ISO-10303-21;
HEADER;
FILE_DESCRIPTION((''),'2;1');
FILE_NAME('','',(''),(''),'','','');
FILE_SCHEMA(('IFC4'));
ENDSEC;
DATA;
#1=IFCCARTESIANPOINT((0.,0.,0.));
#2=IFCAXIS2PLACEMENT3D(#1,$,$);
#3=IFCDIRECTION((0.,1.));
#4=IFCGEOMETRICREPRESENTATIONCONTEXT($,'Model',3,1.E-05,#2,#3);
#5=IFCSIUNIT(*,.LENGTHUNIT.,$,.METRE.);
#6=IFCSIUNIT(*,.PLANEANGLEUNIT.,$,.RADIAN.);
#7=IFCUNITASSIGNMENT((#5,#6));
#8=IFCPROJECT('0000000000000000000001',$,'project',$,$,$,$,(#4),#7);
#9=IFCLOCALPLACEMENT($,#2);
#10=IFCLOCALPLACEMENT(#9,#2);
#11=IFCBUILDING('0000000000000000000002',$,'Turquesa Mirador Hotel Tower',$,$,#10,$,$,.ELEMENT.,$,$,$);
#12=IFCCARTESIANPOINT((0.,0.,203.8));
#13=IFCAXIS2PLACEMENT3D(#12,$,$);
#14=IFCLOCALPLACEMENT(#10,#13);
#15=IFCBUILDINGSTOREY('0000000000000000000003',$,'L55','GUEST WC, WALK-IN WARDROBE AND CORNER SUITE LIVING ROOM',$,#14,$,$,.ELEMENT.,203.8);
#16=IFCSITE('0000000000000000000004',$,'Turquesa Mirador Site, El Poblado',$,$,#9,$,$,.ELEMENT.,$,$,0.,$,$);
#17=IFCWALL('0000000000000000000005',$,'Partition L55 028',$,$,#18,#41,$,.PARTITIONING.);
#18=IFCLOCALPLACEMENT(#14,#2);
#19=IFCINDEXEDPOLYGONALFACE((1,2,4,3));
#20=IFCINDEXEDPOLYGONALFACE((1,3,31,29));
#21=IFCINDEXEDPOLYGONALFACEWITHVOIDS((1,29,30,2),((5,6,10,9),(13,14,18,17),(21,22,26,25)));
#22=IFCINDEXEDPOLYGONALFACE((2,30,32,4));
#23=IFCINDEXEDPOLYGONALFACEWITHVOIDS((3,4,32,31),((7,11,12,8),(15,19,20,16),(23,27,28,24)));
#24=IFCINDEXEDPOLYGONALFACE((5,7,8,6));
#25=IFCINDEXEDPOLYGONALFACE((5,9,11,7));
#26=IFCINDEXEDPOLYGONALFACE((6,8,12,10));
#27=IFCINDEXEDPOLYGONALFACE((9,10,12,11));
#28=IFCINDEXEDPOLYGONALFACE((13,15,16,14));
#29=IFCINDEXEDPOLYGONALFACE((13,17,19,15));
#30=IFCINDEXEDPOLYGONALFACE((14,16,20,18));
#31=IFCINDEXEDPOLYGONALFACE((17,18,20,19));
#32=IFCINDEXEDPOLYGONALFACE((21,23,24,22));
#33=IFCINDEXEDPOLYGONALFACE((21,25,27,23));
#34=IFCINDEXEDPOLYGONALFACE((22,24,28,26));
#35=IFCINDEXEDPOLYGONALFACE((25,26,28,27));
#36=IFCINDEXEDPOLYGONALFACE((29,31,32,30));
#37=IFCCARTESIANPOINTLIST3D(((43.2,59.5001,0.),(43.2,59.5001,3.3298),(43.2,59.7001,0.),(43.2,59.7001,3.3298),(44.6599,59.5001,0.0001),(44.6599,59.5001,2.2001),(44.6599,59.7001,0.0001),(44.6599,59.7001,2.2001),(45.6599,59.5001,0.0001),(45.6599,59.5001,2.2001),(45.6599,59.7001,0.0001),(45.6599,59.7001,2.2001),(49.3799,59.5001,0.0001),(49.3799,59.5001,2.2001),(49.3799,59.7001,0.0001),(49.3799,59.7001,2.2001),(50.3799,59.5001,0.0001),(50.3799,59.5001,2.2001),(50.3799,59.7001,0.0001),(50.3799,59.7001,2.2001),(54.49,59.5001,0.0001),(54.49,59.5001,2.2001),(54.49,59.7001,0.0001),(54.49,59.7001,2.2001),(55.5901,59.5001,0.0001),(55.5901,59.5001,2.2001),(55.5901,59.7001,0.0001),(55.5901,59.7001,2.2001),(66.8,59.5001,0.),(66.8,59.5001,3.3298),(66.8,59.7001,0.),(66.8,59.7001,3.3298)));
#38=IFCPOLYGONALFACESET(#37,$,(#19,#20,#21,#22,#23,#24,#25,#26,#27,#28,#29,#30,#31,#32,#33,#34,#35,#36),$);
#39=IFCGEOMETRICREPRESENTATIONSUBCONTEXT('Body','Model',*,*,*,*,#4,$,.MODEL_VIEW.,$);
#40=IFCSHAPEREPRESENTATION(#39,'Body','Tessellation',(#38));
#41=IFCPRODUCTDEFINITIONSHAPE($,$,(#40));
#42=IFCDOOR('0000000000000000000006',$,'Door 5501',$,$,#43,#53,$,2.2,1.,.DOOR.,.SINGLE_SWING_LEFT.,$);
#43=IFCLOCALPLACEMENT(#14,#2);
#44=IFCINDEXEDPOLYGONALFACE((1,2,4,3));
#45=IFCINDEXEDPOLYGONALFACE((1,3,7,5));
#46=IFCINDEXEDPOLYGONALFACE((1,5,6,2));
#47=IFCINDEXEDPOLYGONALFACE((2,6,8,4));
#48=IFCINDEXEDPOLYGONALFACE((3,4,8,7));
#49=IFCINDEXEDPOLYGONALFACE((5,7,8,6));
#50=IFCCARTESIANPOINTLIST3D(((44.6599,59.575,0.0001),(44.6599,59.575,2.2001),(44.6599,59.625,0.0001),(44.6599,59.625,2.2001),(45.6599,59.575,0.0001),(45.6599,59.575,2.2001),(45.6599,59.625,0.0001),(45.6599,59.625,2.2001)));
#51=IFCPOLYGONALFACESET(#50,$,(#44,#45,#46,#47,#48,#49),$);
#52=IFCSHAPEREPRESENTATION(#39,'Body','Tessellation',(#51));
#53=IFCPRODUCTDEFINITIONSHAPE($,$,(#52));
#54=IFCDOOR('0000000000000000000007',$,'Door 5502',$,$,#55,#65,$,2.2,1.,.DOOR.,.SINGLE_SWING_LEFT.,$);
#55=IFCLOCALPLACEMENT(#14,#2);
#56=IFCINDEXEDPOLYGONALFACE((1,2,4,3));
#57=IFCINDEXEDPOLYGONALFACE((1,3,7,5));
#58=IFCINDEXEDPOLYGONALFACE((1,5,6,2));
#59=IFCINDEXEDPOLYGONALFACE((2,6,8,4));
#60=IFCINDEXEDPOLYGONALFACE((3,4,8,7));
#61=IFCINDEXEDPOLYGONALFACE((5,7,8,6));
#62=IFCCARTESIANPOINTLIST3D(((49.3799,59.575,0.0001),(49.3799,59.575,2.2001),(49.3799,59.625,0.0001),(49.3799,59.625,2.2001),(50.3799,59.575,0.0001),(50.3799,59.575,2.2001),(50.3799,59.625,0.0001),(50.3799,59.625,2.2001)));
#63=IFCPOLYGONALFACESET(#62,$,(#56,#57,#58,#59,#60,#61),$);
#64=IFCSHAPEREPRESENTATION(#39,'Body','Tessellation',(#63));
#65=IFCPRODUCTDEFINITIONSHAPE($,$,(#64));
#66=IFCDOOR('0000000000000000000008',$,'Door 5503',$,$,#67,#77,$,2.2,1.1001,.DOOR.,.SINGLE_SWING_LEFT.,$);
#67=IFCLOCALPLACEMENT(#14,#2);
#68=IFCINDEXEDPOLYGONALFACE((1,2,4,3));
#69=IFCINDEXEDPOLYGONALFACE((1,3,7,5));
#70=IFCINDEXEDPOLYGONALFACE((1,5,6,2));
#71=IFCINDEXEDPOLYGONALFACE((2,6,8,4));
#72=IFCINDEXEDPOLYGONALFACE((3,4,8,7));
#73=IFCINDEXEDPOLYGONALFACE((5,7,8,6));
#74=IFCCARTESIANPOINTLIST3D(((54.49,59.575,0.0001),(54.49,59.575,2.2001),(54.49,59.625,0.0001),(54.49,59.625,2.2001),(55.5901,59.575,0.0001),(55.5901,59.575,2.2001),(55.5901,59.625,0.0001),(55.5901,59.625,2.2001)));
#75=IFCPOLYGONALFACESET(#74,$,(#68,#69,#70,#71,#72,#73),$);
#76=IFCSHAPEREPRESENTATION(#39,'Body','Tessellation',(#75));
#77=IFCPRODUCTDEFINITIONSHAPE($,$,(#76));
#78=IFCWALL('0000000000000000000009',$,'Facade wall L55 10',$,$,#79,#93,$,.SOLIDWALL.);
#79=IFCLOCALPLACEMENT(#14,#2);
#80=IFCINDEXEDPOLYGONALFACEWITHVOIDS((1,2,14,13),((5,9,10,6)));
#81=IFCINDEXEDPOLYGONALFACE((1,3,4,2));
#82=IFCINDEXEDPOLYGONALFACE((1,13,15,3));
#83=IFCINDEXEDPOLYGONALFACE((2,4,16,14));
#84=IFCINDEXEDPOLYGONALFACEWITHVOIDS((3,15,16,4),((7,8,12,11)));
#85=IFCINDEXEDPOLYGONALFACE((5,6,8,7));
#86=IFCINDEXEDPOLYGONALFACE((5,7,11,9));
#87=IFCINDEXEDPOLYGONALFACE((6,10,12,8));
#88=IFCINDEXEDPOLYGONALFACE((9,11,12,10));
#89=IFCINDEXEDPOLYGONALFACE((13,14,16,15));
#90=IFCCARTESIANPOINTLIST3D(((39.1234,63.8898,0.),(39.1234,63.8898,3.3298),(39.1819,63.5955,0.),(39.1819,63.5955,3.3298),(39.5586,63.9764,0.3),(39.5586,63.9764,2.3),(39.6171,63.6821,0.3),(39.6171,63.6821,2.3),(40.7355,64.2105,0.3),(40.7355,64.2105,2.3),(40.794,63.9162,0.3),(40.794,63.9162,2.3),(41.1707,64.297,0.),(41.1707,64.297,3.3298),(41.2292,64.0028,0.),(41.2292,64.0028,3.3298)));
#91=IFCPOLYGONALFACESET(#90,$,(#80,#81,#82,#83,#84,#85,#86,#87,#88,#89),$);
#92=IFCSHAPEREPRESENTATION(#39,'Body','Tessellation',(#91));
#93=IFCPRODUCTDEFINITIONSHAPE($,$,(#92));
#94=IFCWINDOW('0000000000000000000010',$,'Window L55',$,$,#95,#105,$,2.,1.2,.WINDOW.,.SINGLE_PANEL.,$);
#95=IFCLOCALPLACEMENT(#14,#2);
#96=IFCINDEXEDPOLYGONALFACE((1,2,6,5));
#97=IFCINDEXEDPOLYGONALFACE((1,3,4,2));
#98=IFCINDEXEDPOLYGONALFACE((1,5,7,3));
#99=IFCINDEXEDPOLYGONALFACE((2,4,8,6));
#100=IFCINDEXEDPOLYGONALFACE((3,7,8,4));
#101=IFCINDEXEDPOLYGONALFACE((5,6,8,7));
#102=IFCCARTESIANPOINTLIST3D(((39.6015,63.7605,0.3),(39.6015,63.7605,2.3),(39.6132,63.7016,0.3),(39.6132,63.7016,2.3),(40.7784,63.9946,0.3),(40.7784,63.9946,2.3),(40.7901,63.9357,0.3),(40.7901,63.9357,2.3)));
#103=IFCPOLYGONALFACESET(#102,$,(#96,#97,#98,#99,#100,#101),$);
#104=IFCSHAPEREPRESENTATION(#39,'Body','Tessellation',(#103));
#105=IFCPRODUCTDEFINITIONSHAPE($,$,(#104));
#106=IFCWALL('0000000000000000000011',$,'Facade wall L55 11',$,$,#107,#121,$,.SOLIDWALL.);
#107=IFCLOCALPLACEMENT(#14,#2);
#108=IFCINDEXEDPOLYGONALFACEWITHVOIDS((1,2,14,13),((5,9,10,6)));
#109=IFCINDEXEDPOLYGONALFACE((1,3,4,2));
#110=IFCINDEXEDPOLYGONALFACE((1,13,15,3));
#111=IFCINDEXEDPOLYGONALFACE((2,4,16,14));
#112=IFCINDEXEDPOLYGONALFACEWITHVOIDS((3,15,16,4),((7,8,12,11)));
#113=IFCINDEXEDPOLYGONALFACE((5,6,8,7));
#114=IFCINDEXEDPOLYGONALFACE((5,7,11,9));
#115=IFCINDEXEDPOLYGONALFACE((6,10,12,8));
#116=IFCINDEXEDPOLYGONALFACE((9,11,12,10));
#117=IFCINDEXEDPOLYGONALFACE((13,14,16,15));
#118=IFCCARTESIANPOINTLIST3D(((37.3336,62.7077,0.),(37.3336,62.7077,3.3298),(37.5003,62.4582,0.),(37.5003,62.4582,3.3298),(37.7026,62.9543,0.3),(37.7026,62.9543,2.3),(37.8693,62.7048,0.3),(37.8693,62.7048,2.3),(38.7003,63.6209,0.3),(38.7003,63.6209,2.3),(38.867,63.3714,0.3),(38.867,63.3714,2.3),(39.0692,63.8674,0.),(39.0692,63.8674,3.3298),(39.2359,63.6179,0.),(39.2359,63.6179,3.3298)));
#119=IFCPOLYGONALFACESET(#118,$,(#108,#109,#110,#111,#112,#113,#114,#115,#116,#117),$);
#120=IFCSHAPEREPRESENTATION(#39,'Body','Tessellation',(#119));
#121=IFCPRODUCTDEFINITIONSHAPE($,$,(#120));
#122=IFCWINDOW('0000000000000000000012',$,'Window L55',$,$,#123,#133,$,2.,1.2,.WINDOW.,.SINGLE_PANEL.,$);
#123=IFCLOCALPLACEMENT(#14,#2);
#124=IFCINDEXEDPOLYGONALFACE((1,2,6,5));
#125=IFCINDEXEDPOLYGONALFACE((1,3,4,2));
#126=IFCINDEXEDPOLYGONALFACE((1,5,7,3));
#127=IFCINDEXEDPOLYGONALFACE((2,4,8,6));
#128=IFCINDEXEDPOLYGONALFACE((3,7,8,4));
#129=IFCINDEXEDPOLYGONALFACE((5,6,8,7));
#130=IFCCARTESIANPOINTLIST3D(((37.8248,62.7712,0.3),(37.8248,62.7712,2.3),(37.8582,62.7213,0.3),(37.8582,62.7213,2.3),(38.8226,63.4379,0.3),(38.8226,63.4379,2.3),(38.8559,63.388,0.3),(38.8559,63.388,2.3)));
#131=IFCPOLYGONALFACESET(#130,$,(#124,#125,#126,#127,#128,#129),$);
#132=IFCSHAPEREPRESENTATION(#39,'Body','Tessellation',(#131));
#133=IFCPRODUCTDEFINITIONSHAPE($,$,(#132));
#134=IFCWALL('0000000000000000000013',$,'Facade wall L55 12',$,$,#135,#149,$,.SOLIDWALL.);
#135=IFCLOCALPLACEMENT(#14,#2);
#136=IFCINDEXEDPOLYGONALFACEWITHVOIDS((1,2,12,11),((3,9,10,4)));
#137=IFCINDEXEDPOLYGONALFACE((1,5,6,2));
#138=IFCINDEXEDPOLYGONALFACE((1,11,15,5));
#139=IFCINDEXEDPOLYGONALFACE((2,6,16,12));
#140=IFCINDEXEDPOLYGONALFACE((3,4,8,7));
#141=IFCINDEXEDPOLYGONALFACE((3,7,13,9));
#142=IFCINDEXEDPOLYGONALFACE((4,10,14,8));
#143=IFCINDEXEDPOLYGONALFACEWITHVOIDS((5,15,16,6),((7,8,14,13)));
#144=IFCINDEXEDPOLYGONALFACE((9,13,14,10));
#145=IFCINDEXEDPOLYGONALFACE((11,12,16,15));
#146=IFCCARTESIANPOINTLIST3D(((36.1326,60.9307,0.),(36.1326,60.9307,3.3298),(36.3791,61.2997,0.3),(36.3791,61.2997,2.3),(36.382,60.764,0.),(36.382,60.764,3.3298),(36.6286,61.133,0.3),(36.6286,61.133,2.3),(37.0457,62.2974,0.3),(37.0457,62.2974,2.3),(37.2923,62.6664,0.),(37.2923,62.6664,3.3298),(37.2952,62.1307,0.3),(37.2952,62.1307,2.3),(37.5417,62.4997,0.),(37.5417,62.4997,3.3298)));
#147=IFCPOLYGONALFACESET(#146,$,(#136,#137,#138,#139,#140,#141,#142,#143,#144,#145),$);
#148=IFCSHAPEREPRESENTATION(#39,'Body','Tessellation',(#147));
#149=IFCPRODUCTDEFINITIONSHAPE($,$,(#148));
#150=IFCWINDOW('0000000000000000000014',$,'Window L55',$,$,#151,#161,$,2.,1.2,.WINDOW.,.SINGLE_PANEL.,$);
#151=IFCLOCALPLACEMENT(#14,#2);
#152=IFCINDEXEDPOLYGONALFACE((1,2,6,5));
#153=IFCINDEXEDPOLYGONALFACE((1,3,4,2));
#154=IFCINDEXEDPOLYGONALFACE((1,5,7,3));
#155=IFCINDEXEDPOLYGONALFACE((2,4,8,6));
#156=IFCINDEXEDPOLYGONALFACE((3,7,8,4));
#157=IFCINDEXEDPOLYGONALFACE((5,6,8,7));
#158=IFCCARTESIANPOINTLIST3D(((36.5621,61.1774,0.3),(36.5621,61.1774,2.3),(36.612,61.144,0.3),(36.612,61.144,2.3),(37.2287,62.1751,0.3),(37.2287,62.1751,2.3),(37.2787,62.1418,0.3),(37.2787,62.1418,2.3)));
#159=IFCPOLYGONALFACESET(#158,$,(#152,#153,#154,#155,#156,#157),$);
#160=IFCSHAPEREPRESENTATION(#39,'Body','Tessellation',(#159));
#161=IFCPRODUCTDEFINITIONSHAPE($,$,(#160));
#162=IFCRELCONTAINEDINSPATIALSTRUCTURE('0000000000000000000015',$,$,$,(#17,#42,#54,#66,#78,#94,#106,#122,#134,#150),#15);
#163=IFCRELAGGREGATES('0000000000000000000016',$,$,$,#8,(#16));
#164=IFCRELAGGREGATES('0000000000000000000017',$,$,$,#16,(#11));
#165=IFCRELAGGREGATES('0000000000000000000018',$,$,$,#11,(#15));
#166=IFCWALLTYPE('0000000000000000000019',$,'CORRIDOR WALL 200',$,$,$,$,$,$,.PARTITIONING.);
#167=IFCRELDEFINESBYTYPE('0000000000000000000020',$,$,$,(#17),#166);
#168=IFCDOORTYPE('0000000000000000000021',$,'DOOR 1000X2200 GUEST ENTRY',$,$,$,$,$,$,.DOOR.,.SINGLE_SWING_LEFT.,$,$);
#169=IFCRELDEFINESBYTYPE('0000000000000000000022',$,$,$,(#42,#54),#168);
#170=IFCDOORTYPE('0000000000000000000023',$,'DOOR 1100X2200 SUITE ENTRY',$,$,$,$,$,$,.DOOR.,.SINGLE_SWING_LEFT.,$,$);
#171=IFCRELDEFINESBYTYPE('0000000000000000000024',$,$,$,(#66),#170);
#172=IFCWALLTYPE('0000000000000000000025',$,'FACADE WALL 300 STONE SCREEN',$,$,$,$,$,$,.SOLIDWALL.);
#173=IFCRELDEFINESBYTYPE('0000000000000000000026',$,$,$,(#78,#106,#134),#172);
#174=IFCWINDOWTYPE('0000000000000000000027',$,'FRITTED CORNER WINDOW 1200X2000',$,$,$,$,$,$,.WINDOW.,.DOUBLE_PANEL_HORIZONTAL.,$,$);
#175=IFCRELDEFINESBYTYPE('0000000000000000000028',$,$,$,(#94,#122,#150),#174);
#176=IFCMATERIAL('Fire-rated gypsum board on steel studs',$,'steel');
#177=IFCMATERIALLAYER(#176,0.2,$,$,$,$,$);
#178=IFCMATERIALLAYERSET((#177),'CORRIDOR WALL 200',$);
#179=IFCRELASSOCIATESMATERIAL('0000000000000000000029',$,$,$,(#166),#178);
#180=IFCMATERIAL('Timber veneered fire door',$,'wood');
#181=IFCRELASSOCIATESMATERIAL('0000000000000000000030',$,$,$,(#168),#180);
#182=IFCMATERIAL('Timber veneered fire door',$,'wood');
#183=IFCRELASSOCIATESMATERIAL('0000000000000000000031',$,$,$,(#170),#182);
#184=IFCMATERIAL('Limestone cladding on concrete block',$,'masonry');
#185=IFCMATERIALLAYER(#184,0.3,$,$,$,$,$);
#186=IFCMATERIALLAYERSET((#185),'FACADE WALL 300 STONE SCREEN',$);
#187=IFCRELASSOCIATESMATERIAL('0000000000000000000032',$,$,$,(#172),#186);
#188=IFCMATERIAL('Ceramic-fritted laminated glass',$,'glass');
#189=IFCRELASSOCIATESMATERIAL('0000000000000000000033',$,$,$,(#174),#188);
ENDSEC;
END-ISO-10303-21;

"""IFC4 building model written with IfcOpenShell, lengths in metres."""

from ifc_helpers import new_model, si_unit, direction, frame, frame_2d, origin, place, context, subcontext, project, spatial, rectangle, extrude, material, layer, layer_set, type_object, element, fill, save


model = new_model("IFC4")

# Units and contexts
model_context = context("Model", 3, precision=1e-05, world=origin(), true_north=direction((0.0, 1.0)))
body_context = subcontext(model_context, "Body", "Model", "MODEL_VIEW")
ifc_project = project(units=[si_unit("LENGTHUNIT", "METRE"), si_unit("PLANEANGLEUNIT", "RADIAN")], contexts=[model_context])

# Site, building, storey
site_placement = place(None, origin())
site = spatial("IfcSite", under=ifc_project, at=site_placement, Name="Turquesa Mirador Site, El Poblado", CompositionType="ELEMENT", RefElevation=0.0)
building_placement = place(site_placement, origin())
building = spatial("IfcBuilding", under=site, at=building_placement, Name="Turquesa Mirador Hotel Tower", CompositionType="ELEMENT")
storey_placement = place(building_placement, frame((0.0, 0.0, 203.8)))
storey = spatial("IfcBuildingStorey", under=building, at=storey_placement, Name="L55", Description="GUEST WC, WALK-IN WARDROBE AND CORNER SUITE LIVING ROOM", CompositionType="ELEMENT", Elevation=203.8)

# Wall, openings, doors
ifc_material_1 = material(Name="Fire-rated gypsum board on steel studs", Category="steel")
ifc_layer_1 = layer(ifc_material_1, 0.2)
ifc_layer_set_1 = layer_set([ifc_layer_1], Name="CORRIDOR WALL 200")
wall_type_1 = type_object("IfcWallType", Name="CORRIDOR WALL 200", PredefinedType="PARTITIONING", material=ifc_layer_set_1)
wall_1_placement = place(storey_placement, frame((43.2, 59.6001, 0.0), z_axis=(0.0, 0.0, 1.0), x_axis=(1.0, 0.0, 0.0)))
wall_1 = element("IfcWall", 1, at=wall_1_placement, inside=storey, type_object=wall_type_1, Name="Partition L55 028", PredefinedType="PARTITIONING", context=body_context, shape_type="SweptSolid", body=[
    extrude(rectangle(XDim=23.6001, YDim=0.2, at=frame_2d((11.8, 0.0))), origin(), (0.0, 0.0, 1.0), 3.3298),
])
opening_1_placement = place(wall_1_placement, frame((1.46, 0.0, 0.0)))
opening_1 = element("IfcOpeningElement", 2, at=opening_1_placement, cuts=wall_1, PredefinedType="OPENING", context=body_context, shape_type="SweptSolid", body=[
    extrude(rectangle(XDim=1.0, YDim=2.2, at=frame_2d((0.5, 1.1001))), frame((0.0, 0.1099, 0.0), z_axis=(0.0, -1.0, 0.0), x_axis=(1.0, 0.0, 0.0)), (0.0, 0.0, 1.0), 0.22),
])
opening_2_placement = place(wall_1_placement, frame((6.1799, 0.0, 0.0)))
opening_2 = element("IfcOpeningElement", 3, at=opening_2_placement, cuts=wall_1, PredefinedType="OPENING", context=body_context, shape_type="SweptSolid", body=[
    extrude(rectangle(XDim=1.0, YDim=2.2, at=frame_2d((0.5, 1.1001))), frame((0.0, 0.1099, 0.0), z_axis=(0.0, -1.0, 0.0), x_axis=(1.0, 0.0, 0.0)), (0.0, 0.0, 1.0), 0.22),
])
opening_3_placement = place(wall_1_placement, frame((11.29, 0.0, 0.0)))
opening_3 = element("IfcOpeningElement", 4, at=opening_3_placement, cuts=wall_1, PredefinedType="OPENING", context=body_context, shape_type="SweptSolid", body=[
    extrude(rectangle(XDim=1.1001, YDim=2.2, at=frame_2d((0.55, 1.1001))), frame((0.0, 0.1099, 0.0), z_axis=(0.0, -1.0, 0.0), x_axis=(1.0, 0.0, 0.0)), (0.0, 0.0, 1.0), 0.22),
])
ifc_material_2 = material(Name="Timber veneered fire door", Category="wood")
door_type_1 = type_object("IfcDoorType", Name="DOOR 1000X2200 GUEST ENTRY", OperationType="SINGLE_SWING_LEFT", PredefinedType="DOOR", material=ifc_material_2)
door_1_placement = place(opening_1_placement, origin())
door_1 = element("IfcDoor", 5, at=door_1_placement, inside=storey, type_object=door_type_1, Name="Door 5501", OperationType="SINGLE_SWING_LEFT", OverallHeight=2.2, OverallWidth=1.0, PredefinedType="DOOR", context=body_context, shape_type="SweptSolid", body=[
    extrude(rectangle(XDim=1.0, YDim=2.2, at=frame_2d((0.5, 1.1001))), frame((0.0, 0.0249, 0.0), z_axis=(0.0, -1.0, 0.0), x_axis=(1.0, 0.0, 0.0)), (0.0, 0.0, 1.0), 0.05),
])
fill(opening_1, door_1)
door_2_placement = place(opening_2_placement, origin())
door_2 = element("IfcDoor", 6, at=door_2_placement, inside=storey, type_object=door_type_1, Name="Door 5502", OperationType="SINGLE_SWING_LEFT", OverallHeight=2.2, OverallWidth=1.0, PredefinedType="DOOR", context=body_context, shape_type="SweptSolid", body=[
    extrude(rectangle(XDim=1.0, YDim=2.2, at=frame_2d((0.5, 1.1001))), frame((0.0, 0.0249, 0.0), z_axis=(0.0, -1.0, 0.0), x_axis=(1.0, 0.0, 0.0)), (0.0, 0.0, 1.0), 0.05),
])
fill(opening_2, door_2)
ifc_material_3 = material(Name="Timber veneered fire door", Category="wood")
door_type_2 = type_object("IfcDoorType", Name="DOOR 1100X2200 SUITE ENTRY", OperationType="SINGLE_SWING_LEFT", PredefinedType="DOOR", material=ifc_material_3)
door_3_placement = place(opening_3_placement, origin())
door_3 = element("IfcDoor", 7, at=door_3_placement, inside=storey, type_object=door_type_2, Name="Door 5503", OperationType="SINGLE_SWING_LEFT", OverallHeight=2.2, OverallWidth=1.1001, PredefinedType="DOOR", context=body_context, shape_type="SweptSolid", body=[
    extrude(rectangle(XDim=1.1001, YDim=2.2, at=frame_2d((0.55, 1.1001))), frame((0.0, 0.0249, 0.0), z_axis=(0.0, -1.0, 0.0), x_axis=(1.0, 0.0, 0.0)), (0.0, 0.0, 1.0), 0.05),
])
fill(opening_3, door_3)

# Walls, openings, windows
ifc_material_4 = material(Name="Limestone cladding on concrete block", Category="masonry")
ifc_layer_2 = layer(ifc_material_4, 0.3)
ifc_layer_set_2 = layer_set([ifc_layer_2], Name="FACADE WALL 300 STONE SCREEN")
wall_type_2 = type_object("IfcWallType", Name="FACADE WALL 300 STONE SCREEN", PredefinedType="SOLIDWALL", material=ifc_layer_set_2)
wall_2_placement = place(storey_placement, frame((41.2, 64.1499, 0.0), z_axis=(0.0, 0.0, 1.0), x_axis=(-0.980787, -0.195081, 0.0)))
wall_2 = element("IfcWall", 8, at=wall_2_placement, inside=storey, type_object=wall_type_2, Name="Facade wall L55 10", PredefinedType="SOLIDWALL", context=body_context, shape_type="SweptSolid", body=[
    extrude(rectangle(XDim=2.0874, YDim=0.3, at=frame_2d((1.0437, 0.0))), origin(), (0.0, 0.0, 1.0), 3.3298),
])
opening_4_placement = place(wall_2_placement, frame((0.4436, 0.0, 0.3)))
opening_4 = element("IfcOpeningElement", 9, at=opening_4_placement, cuts=wall_2, PredefinedType="OPENING", context=body_context, shape_type="SweptSolid", body=[
    extrude(rectangle(XDim=1.2, YDim=2.0, at=frame_2d((0.6001, 1.0))), frame((0.0, 0.1599, 0.0), z_axis=(0.0, -1.0, 0.0), x_axis=(1.0, 0.0, 0.0)), (0.0, 0.0, 1.0), 0.3201),
])
ifc_material_5 = material(Name="Ceramic-fritted laminated glass", Category="glass")
window_type_1 = type_object("IfcWindowType", Name="FRITTED CORNER WINDOW 1200X2000", PartitioningType="DOUBLE_PANEL_HORIZONTAL", PredefinedType="WINDOW", material=ifc_material_5)
window_1_placement = place(opening_4_placement, origin())
window_1 = element("IfcWindow", 10, at=window_1_placement, inside=storey, type_object=window_type_1, Name="Window L55", OverallHeight=2.0, OverallWidth=1.2, PartitioningType="SINGLE_PANEL", PredefinedType="WINDOW", context=body_context, shape_type="SweptSolid", body=[
    extrude(rectangle(XDim=1.2, YDim=2.0, at=frame_2d((0.6001, 1.0))), frame((0.0, 0.1301, 0.0), z_axis=(0.0, -1.0, 0.0), x_axis=(1.0, 0.0, 0.0)), (0.0, 0.0, 1.0), 0.0601),
])
fill(opening_4, window_1)
wall_3_placement = place(storey_placement, frame((39.1526, 63.7427, 0.0), z_axis=(0.0, 0.0, 1.0), x_axis=(-0.831474, -0.555564, 0.0)))
wall_3 = element("IfcWall", 11, at=wall_3_placement, inside=storey, type_object=wall_type_2, Name="Facade wall L55 11", PredefinedType="SOLIDWALL", context=body_context, shape_type="SweptSolid", body=[
    extrude(rectangle(XDim=2.0874, YDim=0.3, at=frame_2d((1.0437, 0.0))), origin(), (0.0, 0.0, 1.0), 3.3298),
])
opening_5_placement = place(wall_3_placement, frame((0.4436, 0.0, 0.3)))
opening_5 = element("IfcOpeningElement", 12, at=opening_5_placement, cuts=wall_3, PredefinedType="OPENING", context=body_context, shape_type="SweptSolid", body=[
    extrude(rectangle(XDim=1.2, YDim=2.0, at=frame_2d((0.6001, 1.0))), frame((0.0, 0.1599, 0.0), z_axis=(0.0, -1.0, 0.0), x_axis=(1.0, 0.0, 0.0)), (0.0, 0.0, 1.0), 0.3201),
])
window_2_placement = place(opening_5_placement, origin())
window_2 = element("IfcWindow", 13, at=window_2_placement, inside=storey, type_object=window_type_1, Name="Window L55", OverallHeight=2.0, OverallWidth=1.2, PartitioningType="SINGLE_PANEL", PredefinedType="WINDOW", context=body_context, shape_type="SweptSolid", body=[
    extrude(rectangle(XDim=1.2, YDim=2.0, at=frame_2d((0.6001, 1.0))), frame((0.0, 0.1301, 0.0), z_axis=(0.0, -1.0, 0.0), x_axis=(1.0, 0.0, 0.0)), (0.0, 0.0, 1.0), 0.0601),
])
fill(opening_5, window_2)
wall_4_placement = place(storey_placement, frame((37.417, 62.583, 0.0), z_axis=(0.0, 0.0, 1.0), x_axis=(-0.555564, -0.831474, 0.0)))
wall_4 = element("IfcWall", 14, at=wall_4_placement, inside=storey, type_object=wall_type_2, Name="Facade wall L55 12", PredefinedType="SOLIDWALL", context=body_context, shape_type="SweptSolid", body=[
    extrude(rectangle(XDim=2.0874, YDim=0.3, at=frame_2d((1.0437, 0.0))), origin(), (0.0, 0.0, 1.0), 3.3298),
])
opening_6_placement = place(wall_4_placement, frame((0.4436, 0.0, 0.3)))
opening_6 = element("IfcOpeningElement", 15, at=opening_6_placement, cuts=wall_4, PredefinedType="OPENING", context=body_context, shape_type="SweptSolid", body=[
    extrude(rectangle(XDim=1.2, YDim=2.0, at=frame_2d((0.6001, 1.0))), frame((0.0, 0.1599, 0.0), z_axis=(0.0, -1.0, 0.0), x_axis=(1.0, 0.0, 0.0)), (0.0, 0.0, 1.0), 0.3201),
])
window_3_placement = place(opening_6_placement, origin())
window_3 = element("IfcWindow", 16, at=window_3_placement, inside=storey, type_object=window_type_1, Name="Window L55", OverallHeight=2.0, OverallWidth=1.2, PartitioningType="SINGLE_PANEL", PredefinedType="WINDOW", context=body_context, shape_type="SweptSolid", body=[
    extrude(rectangle(XDim=1.2, YDim=2.0, at=frame_2d((0.6001, 1.0))), frame((0.0, 0.1301, 0.0), z_axis=(0.0, -1.0, 0.0), x_axis=(1.0, 0.0, 0.0)), (0.0, 0.0, 1.0), 0.0601),
])
fill(opening_6, window_3)

save(model, "model.ifc")
